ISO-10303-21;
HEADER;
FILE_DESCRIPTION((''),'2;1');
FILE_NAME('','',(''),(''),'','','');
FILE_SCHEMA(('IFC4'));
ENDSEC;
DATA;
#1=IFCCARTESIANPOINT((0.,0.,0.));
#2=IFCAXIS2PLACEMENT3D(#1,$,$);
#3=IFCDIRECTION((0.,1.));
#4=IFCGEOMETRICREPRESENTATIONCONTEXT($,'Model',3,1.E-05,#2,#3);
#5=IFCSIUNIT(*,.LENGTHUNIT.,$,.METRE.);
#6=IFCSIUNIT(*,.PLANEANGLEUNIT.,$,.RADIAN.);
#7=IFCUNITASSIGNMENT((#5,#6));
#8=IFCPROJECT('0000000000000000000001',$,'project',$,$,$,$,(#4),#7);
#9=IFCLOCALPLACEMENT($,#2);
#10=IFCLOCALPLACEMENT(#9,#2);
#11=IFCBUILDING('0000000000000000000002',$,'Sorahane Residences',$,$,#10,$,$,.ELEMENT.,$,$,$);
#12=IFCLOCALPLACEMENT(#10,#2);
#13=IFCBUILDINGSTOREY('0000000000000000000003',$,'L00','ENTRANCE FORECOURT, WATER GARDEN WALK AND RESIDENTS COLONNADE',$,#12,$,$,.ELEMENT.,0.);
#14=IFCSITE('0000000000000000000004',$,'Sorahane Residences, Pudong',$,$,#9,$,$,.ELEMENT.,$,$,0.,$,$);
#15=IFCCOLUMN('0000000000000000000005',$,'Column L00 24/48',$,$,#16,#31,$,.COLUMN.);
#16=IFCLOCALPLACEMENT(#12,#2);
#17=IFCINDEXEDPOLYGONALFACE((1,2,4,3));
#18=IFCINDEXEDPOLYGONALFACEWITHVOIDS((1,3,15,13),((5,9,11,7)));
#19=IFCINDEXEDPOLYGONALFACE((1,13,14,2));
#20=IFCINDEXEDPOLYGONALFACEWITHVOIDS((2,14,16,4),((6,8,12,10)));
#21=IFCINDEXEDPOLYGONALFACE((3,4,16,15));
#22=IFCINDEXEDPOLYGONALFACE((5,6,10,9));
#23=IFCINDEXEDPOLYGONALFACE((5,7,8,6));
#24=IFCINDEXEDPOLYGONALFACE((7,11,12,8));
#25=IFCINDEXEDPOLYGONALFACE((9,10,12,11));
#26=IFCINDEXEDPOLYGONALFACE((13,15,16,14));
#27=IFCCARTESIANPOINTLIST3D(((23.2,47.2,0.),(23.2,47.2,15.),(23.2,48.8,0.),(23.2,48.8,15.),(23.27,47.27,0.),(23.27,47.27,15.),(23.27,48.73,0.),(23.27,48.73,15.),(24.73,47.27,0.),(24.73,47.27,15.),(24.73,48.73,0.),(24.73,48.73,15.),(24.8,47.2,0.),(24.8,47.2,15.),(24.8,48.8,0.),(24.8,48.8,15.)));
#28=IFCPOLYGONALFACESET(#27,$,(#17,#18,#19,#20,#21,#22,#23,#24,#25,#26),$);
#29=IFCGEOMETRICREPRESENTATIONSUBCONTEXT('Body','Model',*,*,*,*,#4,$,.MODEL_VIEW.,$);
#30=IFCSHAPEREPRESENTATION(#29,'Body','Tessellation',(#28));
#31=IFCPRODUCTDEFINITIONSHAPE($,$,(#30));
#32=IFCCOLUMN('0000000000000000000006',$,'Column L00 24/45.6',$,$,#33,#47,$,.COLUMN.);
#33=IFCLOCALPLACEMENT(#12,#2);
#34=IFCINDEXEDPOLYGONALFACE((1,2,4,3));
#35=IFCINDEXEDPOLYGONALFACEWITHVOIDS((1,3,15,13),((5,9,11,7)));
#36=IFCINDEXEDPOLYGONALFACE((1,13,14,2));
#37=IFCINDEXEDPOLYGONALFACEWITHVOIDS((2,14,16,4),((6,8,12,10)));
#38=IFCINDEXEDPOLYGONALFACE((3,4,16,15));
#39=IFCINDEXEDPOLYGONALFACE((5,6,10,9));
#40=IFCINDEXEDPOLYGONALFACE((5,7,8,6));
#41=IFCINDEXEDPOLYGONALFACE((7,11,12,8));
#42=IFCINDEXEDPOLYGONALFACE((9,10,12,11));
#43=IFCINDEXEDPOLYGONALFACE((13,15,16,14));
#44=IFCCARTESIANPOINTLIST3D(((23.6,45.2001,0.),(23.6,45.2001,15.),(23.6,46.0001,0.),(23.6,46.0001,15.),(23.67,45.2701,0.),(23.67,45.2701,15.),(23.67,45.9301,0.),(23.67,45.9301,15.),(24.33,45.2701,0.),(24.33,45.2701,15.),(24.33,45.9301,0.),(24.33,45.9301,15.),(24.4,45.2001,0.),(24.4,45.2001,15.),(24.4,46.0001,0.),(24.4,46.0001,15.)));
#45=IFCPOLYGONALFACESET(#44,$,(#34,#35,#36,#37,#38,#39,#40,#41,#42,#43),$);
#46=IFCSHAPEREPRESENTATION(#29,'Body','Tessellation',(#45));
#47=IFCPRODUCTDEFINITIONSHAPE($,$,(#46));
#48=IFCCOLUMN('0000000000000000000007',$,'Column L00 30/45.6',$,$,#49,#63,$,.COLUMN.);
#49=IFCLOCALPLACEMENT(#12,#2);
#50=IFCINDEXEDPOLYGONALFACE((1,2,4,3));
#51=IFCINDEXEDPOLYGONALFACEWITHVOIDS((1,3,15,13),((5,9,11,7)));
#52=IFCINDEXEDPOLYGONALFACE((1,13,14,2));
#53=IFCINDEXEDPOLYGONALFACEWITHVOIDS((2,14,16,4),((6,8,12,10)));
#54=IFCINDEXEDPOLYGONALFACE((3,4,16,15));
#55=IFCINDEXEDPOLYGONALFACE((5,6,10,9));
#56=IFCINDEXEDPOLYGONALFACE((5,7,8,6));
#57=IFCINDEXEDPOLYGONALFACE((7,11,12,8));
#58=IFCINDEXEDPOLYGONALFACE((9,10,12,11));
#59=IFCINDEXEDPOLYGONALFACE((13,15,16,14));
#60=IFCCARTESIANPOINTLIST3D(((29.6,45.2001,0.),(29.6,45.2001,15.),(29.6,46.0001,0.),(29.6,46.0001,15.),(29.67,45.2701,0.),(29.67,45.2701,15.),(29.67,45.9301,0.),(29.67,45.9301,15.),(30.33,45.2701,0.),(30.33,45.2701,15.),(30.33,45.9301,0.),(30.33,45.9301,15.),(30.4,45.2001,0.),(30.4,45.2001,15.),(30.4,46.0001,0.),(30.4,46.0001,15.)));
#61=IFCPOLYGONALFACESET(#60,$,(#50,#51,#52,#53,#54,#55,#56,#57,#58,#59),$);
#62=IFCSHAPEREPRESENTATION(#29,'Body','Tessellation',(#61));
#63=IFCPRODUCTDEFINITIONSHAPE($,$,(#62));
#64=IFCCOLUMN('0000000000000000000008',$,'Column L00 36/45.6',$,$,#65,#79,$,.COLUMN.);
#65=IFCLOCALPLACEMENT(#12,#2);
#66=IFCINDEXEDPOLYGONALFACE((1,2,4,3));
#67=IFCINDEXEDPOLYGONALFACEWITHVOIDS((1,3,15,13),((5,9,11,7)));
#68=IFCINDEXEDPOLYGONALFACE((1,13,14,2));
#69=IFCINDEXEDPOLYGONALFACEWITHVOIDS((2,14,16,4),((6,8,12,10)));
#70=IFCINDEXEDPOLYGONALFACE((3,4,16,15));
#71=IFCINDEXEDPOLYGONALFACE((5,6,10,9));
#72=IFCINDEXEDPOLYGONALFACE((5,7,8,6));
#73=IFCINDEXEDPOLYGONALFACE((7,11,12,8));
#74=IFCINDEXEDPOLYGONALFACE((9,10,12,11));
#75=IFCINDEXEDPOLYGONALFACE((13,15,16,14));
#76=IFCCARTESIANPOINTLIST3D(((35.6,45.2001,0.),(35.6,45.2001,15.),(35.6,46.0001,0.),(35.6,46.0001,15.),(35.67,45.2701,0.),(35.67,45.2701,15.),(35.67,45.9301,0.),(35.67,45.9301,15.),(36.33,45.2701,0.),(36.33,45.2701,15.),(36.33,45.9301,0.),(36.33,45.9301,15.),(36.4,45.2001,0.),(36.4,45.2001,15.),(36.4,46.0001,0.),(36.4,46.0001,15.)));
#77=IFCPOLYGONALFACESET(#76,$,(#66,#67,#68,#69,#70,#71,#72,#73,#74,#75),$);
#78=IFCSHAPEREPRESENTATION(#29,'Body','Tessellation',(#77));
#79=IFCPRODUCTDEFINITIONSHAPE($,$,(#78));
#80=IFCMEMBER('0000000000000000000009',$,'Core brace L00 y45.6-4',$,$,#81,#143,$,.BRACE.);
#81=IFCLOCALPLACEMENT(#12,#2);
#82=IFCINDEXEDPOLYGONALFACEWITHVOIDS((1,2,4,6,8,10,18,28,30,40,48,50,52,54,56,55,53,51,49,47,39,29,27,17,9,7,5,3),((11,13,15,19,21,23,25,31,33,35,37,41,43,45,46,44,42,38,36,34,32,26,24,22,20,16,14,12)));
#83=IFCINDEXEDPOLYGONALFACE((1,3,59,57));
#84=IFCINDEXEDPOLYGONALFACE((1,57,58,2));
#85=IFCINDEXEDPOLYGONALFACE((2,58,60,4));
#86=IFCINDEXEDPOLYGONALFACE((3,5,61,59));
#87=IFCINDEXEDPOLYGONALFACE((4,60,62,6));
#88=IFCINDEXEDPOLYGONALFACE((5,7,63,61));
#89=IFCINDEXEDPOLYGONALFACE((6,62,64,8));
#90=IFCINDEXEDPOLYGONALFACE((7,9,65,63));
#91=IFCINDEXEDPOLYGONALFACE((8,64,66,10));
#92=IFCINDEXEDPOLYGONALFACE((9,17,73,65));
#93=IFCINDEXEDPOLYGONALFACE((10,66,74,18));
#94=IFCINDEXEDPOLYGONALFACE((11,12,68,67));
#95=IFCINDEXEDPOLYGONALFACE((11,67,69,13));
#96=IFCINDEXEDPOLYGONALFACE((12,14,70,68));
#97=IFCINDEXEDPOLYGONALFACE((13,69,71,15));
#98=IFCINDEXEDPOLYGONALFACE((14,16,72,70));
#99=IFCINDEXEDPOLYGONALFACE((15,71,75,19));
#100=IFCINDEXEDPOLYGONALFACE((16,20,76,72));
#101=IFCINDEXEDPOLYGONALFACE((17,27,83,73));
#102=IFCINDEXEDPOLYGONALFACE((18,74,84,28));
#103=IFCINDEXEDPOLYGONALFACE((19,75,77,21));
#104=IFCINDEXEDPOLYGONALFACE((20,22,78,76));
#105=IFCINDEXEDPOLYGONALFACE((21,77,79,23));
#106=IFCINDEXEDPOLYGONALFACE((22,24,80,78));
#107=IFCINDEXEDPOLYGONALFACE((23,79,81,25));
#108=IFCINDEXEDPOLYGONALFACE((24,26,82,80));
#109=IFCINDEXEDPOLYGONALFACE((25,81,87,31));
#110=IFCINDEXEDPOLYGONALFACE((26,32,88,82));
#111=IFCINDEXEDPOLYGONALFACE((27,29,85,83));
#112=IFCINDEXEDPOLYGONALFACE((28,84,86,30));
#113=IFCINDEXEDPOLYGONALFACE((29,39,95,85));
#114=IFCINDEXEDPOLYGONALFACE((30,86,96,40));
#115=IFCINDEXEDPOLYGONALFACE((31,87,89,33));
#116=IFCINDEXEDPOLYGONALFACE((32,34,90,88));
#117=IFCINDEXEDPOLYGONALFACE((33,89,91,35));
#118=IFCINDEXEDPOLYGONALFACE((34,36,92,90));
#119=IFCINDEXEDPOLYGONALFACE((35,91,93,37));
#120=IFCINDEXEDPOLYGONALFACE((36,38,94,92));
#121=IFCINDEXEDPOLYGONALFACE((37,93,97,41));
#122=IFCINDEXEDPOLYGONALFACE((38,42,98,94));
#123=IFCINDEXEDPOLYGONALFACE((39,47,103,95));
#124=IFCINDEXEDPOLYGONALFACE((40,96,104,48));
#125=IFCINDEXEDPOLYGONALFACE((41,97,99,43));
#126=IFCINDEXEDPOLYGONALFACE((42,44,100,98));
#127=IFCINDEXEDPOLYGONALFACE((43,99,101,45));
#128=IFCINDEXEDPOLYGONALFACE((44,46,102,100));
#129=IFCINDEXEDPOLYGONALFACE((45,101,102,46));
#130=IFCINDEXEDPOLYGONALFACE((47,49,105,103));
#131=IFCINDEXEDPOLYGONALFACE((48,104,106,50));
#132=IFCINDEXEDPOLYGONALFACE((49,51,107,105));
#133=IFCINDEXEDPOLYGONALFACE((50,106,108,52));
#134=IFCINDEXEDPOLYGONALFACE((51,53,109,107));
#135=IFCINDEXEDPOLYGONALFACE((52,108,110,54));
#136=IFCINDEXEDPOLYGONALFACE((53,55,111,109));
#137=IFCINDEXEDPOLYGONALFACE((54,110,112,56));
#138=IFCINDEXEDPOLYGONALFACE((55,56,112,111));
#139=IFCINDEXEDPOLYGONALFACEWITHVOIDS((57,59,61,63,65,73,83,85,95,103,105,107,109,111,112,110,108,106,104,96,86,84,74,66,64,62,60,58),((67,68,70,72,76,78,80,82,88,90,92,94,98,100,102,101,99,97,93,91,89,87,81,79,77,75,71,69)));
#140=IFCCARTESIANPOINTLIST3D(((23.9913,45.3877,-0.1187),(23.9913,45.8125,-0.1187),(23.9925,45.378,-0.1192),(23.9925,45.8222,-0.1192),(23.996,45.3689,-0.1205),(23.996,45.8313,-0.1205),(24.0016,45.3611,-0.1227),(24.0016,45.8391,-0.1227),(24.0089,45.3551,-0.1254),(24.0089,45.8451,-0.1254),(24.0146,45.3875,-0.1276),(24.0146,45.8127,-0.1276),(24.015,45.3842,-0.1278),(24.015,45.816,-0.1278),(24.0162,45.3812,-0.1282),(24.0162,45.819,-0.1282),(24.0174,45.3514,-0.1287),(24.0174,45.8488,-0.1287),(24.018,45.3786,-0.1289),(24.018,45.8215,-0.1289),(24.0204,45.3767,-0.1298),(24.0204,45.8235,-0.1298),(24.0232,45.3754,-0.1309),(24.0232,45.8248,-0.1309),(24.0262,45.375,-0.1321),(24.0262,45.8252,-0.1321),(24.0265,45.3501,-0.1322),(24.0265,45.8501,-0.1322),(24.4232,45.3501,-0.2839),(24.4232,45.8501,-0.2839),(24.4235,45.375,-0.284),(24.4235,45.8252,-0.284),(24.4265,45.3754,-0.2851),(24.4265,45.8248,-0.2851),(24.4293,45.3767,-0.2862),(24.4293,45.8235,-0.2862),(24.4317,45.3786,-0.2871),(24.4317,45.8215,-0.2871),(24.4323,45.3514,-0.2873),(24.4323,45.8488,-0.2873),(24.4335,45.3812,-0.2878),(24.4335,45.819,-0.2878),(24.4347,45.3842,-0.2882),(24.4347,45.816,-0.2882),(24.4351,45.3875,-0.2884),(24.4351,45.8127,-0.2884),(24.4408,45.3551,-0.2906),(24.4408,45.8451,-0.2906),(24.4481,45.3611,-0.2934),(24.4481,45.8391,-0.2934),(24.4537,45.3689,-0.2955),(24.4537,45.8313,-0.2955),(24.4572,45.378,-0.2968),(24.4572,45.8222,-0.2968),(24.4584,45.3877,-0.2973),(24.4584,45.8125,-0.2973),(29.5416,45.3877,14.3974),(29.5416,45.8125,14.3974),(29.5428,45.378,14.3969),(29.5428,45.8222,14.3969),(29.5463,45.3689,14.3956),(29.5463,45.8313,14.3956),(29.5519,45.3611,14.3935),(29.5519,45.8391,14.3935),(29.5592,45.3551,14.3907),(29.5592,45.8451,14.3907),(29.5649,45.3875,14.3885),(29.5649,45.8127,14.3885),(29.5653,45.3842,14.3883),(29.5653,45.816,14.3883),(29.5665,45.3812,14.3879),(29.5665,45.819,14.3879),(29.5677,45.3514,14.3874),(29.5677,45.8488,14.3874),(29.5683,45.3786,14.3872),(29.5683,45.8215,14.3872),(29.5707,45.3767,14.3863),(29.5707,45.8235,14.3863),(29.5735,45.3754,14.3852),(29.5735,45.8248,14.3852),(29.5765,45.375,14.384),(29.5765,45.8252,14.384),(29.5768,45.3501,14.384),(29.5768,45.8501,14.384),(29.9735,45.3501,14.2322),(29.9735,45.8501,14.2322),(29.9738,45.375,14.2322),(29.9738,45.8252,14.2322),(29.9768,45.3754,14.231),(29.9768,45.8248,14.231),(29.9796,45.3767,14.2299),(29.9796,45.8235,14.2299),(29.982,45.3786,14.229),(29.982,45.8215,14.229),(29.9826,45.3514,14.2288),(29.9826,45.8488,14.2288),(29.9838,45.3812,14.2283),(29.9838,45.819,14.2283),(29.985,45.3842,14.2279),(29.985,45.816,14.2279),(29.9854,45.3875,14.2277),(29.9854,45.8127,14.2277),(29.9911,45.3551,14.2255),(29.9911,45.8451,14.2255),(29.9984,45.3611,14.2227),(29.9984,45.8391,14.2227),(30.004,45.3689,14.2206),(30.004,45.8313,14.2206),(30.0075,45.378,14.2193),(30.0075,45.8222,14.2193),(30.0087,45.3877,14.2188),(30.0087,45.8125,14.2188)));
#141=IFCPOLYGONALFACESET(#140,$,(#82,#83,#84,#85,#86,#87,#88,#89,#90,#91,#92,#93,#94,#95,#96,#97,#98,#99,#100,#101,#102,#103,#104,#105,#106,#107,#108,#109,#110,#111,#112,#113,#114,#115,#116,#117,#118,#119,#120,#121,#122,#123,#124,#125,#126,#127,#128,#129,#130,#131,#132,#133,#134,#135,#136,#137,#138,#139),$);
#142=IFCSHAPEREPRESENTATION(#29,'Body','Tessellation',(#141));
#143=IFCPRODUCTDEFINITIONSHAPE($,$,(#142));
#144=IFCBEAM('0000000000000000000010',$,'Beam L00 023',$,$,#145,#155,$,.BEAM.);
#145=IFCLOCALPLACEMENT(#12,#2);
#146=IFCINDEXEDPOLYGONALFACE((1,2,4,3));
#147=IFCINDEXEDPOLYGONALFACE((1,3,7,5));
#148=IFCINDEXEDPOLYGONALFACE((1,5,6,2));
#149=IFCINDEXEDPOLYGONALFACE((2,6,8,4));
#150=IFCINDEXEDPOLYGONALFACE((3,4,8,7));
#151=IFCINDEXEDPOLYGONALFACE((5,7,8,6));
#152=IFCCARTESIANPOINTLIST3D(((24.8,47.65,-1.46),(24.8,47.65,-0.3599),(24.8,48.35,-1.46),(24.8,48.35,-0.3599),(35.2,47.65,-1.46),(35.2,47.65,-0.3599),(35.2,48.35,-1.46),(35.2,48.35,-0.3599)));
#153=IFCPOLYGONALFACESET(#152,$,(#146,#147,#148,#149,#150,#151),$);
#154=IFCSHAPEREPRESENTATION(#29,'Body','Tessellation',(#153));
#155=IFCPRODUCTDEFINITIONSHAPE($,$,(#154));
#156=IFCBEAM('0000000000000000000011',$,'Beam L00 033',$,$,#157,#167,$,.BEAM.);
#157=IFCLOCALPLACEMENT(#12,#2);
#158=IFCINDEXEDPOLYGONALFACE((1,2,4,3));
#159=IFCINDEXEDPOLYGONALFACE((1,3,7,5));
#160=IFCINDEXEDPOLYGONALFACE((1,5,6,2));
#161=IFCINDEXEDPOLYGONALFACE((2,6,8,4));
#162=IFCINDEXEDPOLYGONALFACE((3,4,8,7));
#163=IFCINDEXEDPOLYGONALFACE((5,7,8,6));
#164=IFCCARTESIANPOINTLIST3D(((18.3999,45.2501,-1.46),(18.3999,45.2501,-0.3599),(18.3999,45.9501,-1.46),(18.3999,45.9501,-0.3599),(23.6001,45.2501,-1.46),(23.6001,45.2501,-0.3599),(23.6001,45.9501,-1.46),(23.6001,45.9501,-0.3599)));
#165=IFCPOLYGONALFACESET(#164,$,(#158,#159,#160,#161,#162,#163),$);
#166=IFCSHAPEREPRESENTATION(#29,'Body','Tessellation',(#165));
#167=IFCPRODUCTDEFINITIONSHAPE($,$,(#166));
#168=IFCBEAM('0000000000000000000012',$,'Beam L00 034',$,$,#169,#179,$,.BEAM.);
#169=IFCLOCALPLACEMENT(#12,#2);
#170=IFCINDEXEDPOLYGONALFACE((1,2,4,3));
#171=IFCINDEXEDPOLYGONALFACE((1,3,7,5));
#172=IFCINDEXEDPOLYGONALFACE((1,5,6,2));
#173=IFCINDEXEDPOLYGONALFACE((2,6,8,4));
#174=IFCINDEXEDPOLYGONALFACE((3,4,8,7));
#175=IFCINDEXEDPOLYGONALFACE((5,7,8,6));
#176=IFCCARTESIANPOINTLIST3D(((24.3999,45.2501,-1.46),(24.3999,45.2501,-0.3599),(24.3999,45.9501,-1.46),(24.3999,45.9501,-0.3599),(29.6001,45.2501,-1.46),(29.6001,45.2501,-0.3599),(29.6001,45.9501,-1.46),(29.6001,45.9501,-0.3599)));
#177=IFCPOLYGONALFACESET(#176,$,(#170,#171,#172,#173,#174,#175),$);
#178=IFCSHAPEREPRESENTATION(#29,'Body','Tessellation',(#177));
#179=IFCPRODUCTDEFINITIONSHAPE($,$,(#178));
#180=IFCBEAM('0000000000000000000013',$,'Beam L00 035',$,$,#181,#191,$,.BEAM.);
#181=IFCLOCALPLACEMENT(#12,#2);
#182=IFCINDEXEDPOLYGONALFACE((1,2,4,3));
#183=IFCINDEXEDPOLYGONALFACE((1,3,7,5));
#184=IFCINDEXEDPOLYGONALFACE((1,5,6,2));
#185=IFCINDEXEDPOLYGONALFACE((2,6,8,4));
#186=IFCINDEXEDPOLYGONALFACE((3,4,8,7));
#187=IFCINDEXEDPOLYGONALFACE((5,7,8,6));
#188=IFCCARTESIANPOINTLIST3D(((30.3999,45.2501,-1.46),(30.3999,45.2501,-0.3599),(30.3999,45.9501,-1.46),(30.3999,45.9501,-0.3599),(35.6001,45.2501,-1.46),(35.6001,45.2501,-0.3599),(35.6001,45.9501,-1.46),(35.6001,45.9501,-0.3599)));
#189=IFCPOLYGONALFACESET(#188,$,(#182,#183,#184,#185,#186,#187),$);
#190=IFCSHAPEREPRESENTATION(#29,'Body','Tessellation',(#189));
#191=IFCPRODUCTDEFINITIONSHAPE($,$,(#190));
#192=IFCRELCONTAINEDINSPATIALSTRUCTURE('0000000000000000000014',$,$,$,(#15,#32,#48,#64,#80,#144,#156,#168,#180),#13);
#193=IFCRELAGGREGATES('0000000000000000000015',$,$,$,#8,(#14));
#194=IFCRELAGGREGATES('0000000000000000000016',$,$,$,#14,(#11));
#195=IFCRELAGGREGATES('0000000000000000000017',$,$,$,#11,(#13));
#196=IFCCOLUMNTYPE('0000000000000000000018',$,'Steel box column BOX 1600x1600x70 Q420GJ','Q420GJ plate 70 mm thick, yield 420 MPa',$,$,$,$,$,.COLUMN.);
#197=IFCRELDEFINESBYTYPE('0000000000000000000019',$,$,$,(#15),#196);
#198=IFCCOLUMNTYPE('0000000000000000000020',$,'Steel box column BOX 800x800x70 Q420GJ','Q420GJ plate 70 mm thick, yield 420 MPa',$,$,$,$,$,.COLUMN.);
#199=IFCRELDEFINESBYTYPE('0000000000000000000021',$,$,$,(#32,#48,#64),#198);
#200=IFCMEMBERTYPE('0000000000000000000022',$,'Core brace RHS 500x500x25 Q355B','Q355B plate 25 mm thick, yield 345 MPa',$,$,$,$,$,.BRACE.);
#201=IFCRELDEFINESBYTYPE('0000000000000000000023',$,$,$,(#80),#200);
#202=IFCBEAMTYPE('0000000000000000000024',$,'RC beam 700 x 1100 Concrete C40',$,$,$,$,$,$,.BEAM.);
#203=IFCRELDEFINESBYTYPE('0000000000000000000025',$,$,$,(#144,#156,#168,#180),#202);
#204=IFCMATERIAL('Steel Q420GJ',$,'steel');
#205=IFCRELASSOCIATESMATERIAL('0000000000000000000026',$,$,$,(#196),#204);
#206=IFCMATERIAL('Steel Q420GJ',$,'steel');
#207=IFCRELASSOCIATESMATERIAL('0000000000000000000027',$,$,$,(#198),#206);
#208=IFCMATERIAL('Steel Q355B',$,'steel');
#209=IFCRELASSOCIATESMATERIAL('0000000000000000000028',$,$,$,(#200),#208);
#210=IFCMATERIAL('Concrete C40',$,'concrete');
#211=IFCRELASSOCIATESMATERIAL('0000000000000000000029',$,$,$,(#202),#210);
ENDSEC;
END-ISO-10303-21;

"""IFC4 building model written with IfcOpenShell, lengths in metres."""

from ifc_helpers import new_model, si_unit, direction, frame, origin, origin_2d, place, context, subcontext, project, spatial, rectangle, hollow_rectangle, extrude, material, material_profile, profile_set, type_object, element, save


model = new_model("IFC4")

# Units and contexts
model_context = context("Model", 3, precision=1e-05, world=origin(), true_north=direction((0.0, 1.0)))
body_context = subcontext(model_context, "Body", "Model", "MODEL_VIEW")
ifc_project = project(units=[si_unit("LENGTHUNIT", "METRE"), si_unit("PLANEANGLEUNIT", "RADIAN")], contexts=[model_context])

# Site, building, storey
site_placement = place(None, origin())
site = spatial("IfcSite", under=ifc_project, at=site_placement, Name="Sorahane Residences, Pudong", CompositionType="ELEMENT", RefElevation=0.0)
building_placement = place(site_placement, origin())
building = spatial("IfcBuilding", under=site, at=building_placement, Name="Sorahane Residences", CompositionType="ELEMENT")
storey_placement = place(building_placement, origin())
storey = spatial("IfcBuildingStorey", under=building, at=storey_placement, Name="L00", Description="ENTRANCE FORECOURT, WATER GARDEN WALK AND RESIDENTS COLONNADE", CompositionType="ELEMENT", Elevation=0.0)

# Columns
ifc_material_1 = material(Name="Steel Q420GJ", Category="steel")
ifc_material_profile_1 = material_profile(ifc_material_1, hollow_rectangle(XDim=1.6001, YDim=1.6001, WallThickness=0.0701, at=origin_2d()), Name="BOX 1600x1600x70")
ifc_profile_set_1 = profile_set([ifc_material_profile_1], Name="Steel Q420GJ")
column_type_1 = type_object("IfcColumnType", Name="Steel box column BOX 1600x1600x70 Q420GJ", Description="Q420GJ plate 70 mm thick, yield 420 MPa", PredefinedType="COLUMN", material=ifc_profile_set_1)
column_placement = place(storey_placement, frame((24.0, 48.0, 0.0), z_axis=(0.0, 0.0, 1.0), x_axis=(1.0, 0.0, 0.0)))
element("IfcColumn", 1, at=column_placement, inside=storey, type_object=column_type_1, Name="Column L00 24/48", PredefinedType="COLUMN", context=body_context, shape_type="SweptSolid", body=[
    extrude(hollow_rectangle(XDim=1.6001, YDim=1.6001, WallThickness=0.0701, at=origin_2d()), origin(), (0.0, 0.0, 1.0), 15.0),
])
ifc_material_2 = material(Name="Steel Q420GJ", Category="steel")
ifc_material_profile_2 = material_profile(ifc_material_2, hollow_rectangle(XDim=0.8, YDim=0.8, WallThickness=0.0701, at=origin_2d()), Name="BOX 800x800x70")
ifc_profile_set_2 = profile_set([ifc_material_profile_2], Name="Steel Q420GJ")
column_type_2 = type_object("IfcColumnType", Name="Steel box column BOX 800x800x70 Q420GJ", Description="Q420GJ plate 70 mm thick, yield 420 MPa", PredefinedType="COLUMN", material=ifc_profile_set_2)
for number, where, z_axis, x_axis, name in (
    (2, (24.0, 45.6001, 0.0), (0.0, 0.0, 1.0), (1.0, 0.0, 0.0), "Column L00 24/45.6"),
    (3, (30.0, 45.6001, 0.0), (0.0, 0.0, 1.0), (1.0, 0.0, 0.0), "Column L00 30/45.6"),
    (4, (36.0, 45.6001, 0.0), (0.0, 0.0, 1.0), (1.0, 0.0, 0.0), "Column L00 36/45.6"),
):
    element("IfcColumn", number, at=place(storey_placement, frame(where, z_axis=z_axis, x_axis=x_axis)), inside=storey, type_object=column_type_2, Name=name, PredefinedType="COLUMN", context=body_context, shape_type="SweptSolid", body=[
        extrude(hollow_rectangle(XDim=0.8, YDim=0.8, WallThickness=0.0701, at=origin_2d()), origin(), (0.0, 0.0, 1.0), 15.0),
    ])

# Member
ifc_material_3 = material(Name="Steel Q355B", Category="steel")
ifc_material_profile_3 = material_profile(ifc_material_3, hollow_rectangle(XDim=0.5, YDim=0.5, WallThickness=0.0249, InnerFilletRadius=0.0125, OuterFilletRadius=0.0376, at=origin_2d()), Name="RHS 500x500x25")
ifc_profile_set_3 = profile_set([ifc_material_profile_3], Name="Steel Q355B")
member_type = type_object("IfcMemberType", Name="Core brace RHS 500x500x25 Q355B", Description="Q355B plate 25 mm thick, yield 345 MPa", PredefinedType="BRACE", material=ifc_profile_set_3)
member_placement = place(storey_placement, frame((24.2249, 45.6001, -0.208), z_axis=(0.357138, 0.0, 0.934052), x_axis=(0.0, 1.0, 0.0)))
element("IfcMember", 5, at=member_placement, inside=storey, type_object=member_type, Name="Core brace L00 y45.6-4", PredefinedType="BRACE", context=body_context, shape_type="SweptSolid", body=[
    extrude(hollow_rectangle(XDim=0.5, YDim=0.5, WallThickness=0.0249, InnerFilletRadius=0.0125, OuterFilletRadius=0.0376, at=origin_2d()), origin(), (0.0, 0.0, 1.0), 15.541),
])

# Beams
ifc_material_4 = material(Name="Concrete C40", Category="concrete")
ifc_material_profile_4 = material_profile(ifc_material_4, rectangle(XDim=0.7, YDim=1.1001, at=origin_2d()), Name="700x1100")
ifc_profile_set_4 = profile_set([ifc_material_profile_4], Name="Concrete C40")
beam_type_1 = type_object("IfcBeamType", Name="RC beam 700 x 1100 Concrete C40", PredefinedType="BEAM", material=ifc_profile_set_4)
beam_1_placement = place(storey_placement, frame((24.8, 48.0, -0.9099), z_axis=(1.0, 0.0, 0.0), x_axis=(0.0, 1.0, 0.0)))
element("IfcBeam", 6, at=beam_1_placement, inside=storey, type_object=beam_type_1, Name="Beam L00 023", PredefinedType="BEAM", context=body_context, shape_type="SweptSolid", body=[
    extrude(rectangle(XDim=0.7, YDim=1.1001, at=origin_2d()), origin(), (0.0, 0.0, 1.0), 10.3999),
])
for number, where, z_axis, x_axis, name in (
    (7, (18.3999, 45.6001, -0.9099), (1.0, 0.0, 0.0), (0.0, 1.0, 0.0), "Beam L00 033"),
    (8, (24.3999, 45.6001, -0.9099), (1.0, 0.0, 0.0), (0.0, 1.0, 0.0), "Beam L00 034"),
    (9, (30.3999, 45.6001, -0.9099), (1.0, 0.0, 0.0), (0.0, 1.0, 0.0), "Beam L00 035"),
):
    element("IfcBeam", number, at=place(storey_placement, frame(where, z_axis=z_axis, x_axis=x_axis)), inside=storey, type_object=beam_type_1, Name=name, PredefinedType="BEAM", context=body_context, shape_type="SweptSolid", body=[
        extrude(rectangle(XDim=0.7, YDim=1.1001, at=origin_2d()), origin(), (0.0, 0.0, 1.0), 5.2002),
    ])

save(model, "model.ifc")
